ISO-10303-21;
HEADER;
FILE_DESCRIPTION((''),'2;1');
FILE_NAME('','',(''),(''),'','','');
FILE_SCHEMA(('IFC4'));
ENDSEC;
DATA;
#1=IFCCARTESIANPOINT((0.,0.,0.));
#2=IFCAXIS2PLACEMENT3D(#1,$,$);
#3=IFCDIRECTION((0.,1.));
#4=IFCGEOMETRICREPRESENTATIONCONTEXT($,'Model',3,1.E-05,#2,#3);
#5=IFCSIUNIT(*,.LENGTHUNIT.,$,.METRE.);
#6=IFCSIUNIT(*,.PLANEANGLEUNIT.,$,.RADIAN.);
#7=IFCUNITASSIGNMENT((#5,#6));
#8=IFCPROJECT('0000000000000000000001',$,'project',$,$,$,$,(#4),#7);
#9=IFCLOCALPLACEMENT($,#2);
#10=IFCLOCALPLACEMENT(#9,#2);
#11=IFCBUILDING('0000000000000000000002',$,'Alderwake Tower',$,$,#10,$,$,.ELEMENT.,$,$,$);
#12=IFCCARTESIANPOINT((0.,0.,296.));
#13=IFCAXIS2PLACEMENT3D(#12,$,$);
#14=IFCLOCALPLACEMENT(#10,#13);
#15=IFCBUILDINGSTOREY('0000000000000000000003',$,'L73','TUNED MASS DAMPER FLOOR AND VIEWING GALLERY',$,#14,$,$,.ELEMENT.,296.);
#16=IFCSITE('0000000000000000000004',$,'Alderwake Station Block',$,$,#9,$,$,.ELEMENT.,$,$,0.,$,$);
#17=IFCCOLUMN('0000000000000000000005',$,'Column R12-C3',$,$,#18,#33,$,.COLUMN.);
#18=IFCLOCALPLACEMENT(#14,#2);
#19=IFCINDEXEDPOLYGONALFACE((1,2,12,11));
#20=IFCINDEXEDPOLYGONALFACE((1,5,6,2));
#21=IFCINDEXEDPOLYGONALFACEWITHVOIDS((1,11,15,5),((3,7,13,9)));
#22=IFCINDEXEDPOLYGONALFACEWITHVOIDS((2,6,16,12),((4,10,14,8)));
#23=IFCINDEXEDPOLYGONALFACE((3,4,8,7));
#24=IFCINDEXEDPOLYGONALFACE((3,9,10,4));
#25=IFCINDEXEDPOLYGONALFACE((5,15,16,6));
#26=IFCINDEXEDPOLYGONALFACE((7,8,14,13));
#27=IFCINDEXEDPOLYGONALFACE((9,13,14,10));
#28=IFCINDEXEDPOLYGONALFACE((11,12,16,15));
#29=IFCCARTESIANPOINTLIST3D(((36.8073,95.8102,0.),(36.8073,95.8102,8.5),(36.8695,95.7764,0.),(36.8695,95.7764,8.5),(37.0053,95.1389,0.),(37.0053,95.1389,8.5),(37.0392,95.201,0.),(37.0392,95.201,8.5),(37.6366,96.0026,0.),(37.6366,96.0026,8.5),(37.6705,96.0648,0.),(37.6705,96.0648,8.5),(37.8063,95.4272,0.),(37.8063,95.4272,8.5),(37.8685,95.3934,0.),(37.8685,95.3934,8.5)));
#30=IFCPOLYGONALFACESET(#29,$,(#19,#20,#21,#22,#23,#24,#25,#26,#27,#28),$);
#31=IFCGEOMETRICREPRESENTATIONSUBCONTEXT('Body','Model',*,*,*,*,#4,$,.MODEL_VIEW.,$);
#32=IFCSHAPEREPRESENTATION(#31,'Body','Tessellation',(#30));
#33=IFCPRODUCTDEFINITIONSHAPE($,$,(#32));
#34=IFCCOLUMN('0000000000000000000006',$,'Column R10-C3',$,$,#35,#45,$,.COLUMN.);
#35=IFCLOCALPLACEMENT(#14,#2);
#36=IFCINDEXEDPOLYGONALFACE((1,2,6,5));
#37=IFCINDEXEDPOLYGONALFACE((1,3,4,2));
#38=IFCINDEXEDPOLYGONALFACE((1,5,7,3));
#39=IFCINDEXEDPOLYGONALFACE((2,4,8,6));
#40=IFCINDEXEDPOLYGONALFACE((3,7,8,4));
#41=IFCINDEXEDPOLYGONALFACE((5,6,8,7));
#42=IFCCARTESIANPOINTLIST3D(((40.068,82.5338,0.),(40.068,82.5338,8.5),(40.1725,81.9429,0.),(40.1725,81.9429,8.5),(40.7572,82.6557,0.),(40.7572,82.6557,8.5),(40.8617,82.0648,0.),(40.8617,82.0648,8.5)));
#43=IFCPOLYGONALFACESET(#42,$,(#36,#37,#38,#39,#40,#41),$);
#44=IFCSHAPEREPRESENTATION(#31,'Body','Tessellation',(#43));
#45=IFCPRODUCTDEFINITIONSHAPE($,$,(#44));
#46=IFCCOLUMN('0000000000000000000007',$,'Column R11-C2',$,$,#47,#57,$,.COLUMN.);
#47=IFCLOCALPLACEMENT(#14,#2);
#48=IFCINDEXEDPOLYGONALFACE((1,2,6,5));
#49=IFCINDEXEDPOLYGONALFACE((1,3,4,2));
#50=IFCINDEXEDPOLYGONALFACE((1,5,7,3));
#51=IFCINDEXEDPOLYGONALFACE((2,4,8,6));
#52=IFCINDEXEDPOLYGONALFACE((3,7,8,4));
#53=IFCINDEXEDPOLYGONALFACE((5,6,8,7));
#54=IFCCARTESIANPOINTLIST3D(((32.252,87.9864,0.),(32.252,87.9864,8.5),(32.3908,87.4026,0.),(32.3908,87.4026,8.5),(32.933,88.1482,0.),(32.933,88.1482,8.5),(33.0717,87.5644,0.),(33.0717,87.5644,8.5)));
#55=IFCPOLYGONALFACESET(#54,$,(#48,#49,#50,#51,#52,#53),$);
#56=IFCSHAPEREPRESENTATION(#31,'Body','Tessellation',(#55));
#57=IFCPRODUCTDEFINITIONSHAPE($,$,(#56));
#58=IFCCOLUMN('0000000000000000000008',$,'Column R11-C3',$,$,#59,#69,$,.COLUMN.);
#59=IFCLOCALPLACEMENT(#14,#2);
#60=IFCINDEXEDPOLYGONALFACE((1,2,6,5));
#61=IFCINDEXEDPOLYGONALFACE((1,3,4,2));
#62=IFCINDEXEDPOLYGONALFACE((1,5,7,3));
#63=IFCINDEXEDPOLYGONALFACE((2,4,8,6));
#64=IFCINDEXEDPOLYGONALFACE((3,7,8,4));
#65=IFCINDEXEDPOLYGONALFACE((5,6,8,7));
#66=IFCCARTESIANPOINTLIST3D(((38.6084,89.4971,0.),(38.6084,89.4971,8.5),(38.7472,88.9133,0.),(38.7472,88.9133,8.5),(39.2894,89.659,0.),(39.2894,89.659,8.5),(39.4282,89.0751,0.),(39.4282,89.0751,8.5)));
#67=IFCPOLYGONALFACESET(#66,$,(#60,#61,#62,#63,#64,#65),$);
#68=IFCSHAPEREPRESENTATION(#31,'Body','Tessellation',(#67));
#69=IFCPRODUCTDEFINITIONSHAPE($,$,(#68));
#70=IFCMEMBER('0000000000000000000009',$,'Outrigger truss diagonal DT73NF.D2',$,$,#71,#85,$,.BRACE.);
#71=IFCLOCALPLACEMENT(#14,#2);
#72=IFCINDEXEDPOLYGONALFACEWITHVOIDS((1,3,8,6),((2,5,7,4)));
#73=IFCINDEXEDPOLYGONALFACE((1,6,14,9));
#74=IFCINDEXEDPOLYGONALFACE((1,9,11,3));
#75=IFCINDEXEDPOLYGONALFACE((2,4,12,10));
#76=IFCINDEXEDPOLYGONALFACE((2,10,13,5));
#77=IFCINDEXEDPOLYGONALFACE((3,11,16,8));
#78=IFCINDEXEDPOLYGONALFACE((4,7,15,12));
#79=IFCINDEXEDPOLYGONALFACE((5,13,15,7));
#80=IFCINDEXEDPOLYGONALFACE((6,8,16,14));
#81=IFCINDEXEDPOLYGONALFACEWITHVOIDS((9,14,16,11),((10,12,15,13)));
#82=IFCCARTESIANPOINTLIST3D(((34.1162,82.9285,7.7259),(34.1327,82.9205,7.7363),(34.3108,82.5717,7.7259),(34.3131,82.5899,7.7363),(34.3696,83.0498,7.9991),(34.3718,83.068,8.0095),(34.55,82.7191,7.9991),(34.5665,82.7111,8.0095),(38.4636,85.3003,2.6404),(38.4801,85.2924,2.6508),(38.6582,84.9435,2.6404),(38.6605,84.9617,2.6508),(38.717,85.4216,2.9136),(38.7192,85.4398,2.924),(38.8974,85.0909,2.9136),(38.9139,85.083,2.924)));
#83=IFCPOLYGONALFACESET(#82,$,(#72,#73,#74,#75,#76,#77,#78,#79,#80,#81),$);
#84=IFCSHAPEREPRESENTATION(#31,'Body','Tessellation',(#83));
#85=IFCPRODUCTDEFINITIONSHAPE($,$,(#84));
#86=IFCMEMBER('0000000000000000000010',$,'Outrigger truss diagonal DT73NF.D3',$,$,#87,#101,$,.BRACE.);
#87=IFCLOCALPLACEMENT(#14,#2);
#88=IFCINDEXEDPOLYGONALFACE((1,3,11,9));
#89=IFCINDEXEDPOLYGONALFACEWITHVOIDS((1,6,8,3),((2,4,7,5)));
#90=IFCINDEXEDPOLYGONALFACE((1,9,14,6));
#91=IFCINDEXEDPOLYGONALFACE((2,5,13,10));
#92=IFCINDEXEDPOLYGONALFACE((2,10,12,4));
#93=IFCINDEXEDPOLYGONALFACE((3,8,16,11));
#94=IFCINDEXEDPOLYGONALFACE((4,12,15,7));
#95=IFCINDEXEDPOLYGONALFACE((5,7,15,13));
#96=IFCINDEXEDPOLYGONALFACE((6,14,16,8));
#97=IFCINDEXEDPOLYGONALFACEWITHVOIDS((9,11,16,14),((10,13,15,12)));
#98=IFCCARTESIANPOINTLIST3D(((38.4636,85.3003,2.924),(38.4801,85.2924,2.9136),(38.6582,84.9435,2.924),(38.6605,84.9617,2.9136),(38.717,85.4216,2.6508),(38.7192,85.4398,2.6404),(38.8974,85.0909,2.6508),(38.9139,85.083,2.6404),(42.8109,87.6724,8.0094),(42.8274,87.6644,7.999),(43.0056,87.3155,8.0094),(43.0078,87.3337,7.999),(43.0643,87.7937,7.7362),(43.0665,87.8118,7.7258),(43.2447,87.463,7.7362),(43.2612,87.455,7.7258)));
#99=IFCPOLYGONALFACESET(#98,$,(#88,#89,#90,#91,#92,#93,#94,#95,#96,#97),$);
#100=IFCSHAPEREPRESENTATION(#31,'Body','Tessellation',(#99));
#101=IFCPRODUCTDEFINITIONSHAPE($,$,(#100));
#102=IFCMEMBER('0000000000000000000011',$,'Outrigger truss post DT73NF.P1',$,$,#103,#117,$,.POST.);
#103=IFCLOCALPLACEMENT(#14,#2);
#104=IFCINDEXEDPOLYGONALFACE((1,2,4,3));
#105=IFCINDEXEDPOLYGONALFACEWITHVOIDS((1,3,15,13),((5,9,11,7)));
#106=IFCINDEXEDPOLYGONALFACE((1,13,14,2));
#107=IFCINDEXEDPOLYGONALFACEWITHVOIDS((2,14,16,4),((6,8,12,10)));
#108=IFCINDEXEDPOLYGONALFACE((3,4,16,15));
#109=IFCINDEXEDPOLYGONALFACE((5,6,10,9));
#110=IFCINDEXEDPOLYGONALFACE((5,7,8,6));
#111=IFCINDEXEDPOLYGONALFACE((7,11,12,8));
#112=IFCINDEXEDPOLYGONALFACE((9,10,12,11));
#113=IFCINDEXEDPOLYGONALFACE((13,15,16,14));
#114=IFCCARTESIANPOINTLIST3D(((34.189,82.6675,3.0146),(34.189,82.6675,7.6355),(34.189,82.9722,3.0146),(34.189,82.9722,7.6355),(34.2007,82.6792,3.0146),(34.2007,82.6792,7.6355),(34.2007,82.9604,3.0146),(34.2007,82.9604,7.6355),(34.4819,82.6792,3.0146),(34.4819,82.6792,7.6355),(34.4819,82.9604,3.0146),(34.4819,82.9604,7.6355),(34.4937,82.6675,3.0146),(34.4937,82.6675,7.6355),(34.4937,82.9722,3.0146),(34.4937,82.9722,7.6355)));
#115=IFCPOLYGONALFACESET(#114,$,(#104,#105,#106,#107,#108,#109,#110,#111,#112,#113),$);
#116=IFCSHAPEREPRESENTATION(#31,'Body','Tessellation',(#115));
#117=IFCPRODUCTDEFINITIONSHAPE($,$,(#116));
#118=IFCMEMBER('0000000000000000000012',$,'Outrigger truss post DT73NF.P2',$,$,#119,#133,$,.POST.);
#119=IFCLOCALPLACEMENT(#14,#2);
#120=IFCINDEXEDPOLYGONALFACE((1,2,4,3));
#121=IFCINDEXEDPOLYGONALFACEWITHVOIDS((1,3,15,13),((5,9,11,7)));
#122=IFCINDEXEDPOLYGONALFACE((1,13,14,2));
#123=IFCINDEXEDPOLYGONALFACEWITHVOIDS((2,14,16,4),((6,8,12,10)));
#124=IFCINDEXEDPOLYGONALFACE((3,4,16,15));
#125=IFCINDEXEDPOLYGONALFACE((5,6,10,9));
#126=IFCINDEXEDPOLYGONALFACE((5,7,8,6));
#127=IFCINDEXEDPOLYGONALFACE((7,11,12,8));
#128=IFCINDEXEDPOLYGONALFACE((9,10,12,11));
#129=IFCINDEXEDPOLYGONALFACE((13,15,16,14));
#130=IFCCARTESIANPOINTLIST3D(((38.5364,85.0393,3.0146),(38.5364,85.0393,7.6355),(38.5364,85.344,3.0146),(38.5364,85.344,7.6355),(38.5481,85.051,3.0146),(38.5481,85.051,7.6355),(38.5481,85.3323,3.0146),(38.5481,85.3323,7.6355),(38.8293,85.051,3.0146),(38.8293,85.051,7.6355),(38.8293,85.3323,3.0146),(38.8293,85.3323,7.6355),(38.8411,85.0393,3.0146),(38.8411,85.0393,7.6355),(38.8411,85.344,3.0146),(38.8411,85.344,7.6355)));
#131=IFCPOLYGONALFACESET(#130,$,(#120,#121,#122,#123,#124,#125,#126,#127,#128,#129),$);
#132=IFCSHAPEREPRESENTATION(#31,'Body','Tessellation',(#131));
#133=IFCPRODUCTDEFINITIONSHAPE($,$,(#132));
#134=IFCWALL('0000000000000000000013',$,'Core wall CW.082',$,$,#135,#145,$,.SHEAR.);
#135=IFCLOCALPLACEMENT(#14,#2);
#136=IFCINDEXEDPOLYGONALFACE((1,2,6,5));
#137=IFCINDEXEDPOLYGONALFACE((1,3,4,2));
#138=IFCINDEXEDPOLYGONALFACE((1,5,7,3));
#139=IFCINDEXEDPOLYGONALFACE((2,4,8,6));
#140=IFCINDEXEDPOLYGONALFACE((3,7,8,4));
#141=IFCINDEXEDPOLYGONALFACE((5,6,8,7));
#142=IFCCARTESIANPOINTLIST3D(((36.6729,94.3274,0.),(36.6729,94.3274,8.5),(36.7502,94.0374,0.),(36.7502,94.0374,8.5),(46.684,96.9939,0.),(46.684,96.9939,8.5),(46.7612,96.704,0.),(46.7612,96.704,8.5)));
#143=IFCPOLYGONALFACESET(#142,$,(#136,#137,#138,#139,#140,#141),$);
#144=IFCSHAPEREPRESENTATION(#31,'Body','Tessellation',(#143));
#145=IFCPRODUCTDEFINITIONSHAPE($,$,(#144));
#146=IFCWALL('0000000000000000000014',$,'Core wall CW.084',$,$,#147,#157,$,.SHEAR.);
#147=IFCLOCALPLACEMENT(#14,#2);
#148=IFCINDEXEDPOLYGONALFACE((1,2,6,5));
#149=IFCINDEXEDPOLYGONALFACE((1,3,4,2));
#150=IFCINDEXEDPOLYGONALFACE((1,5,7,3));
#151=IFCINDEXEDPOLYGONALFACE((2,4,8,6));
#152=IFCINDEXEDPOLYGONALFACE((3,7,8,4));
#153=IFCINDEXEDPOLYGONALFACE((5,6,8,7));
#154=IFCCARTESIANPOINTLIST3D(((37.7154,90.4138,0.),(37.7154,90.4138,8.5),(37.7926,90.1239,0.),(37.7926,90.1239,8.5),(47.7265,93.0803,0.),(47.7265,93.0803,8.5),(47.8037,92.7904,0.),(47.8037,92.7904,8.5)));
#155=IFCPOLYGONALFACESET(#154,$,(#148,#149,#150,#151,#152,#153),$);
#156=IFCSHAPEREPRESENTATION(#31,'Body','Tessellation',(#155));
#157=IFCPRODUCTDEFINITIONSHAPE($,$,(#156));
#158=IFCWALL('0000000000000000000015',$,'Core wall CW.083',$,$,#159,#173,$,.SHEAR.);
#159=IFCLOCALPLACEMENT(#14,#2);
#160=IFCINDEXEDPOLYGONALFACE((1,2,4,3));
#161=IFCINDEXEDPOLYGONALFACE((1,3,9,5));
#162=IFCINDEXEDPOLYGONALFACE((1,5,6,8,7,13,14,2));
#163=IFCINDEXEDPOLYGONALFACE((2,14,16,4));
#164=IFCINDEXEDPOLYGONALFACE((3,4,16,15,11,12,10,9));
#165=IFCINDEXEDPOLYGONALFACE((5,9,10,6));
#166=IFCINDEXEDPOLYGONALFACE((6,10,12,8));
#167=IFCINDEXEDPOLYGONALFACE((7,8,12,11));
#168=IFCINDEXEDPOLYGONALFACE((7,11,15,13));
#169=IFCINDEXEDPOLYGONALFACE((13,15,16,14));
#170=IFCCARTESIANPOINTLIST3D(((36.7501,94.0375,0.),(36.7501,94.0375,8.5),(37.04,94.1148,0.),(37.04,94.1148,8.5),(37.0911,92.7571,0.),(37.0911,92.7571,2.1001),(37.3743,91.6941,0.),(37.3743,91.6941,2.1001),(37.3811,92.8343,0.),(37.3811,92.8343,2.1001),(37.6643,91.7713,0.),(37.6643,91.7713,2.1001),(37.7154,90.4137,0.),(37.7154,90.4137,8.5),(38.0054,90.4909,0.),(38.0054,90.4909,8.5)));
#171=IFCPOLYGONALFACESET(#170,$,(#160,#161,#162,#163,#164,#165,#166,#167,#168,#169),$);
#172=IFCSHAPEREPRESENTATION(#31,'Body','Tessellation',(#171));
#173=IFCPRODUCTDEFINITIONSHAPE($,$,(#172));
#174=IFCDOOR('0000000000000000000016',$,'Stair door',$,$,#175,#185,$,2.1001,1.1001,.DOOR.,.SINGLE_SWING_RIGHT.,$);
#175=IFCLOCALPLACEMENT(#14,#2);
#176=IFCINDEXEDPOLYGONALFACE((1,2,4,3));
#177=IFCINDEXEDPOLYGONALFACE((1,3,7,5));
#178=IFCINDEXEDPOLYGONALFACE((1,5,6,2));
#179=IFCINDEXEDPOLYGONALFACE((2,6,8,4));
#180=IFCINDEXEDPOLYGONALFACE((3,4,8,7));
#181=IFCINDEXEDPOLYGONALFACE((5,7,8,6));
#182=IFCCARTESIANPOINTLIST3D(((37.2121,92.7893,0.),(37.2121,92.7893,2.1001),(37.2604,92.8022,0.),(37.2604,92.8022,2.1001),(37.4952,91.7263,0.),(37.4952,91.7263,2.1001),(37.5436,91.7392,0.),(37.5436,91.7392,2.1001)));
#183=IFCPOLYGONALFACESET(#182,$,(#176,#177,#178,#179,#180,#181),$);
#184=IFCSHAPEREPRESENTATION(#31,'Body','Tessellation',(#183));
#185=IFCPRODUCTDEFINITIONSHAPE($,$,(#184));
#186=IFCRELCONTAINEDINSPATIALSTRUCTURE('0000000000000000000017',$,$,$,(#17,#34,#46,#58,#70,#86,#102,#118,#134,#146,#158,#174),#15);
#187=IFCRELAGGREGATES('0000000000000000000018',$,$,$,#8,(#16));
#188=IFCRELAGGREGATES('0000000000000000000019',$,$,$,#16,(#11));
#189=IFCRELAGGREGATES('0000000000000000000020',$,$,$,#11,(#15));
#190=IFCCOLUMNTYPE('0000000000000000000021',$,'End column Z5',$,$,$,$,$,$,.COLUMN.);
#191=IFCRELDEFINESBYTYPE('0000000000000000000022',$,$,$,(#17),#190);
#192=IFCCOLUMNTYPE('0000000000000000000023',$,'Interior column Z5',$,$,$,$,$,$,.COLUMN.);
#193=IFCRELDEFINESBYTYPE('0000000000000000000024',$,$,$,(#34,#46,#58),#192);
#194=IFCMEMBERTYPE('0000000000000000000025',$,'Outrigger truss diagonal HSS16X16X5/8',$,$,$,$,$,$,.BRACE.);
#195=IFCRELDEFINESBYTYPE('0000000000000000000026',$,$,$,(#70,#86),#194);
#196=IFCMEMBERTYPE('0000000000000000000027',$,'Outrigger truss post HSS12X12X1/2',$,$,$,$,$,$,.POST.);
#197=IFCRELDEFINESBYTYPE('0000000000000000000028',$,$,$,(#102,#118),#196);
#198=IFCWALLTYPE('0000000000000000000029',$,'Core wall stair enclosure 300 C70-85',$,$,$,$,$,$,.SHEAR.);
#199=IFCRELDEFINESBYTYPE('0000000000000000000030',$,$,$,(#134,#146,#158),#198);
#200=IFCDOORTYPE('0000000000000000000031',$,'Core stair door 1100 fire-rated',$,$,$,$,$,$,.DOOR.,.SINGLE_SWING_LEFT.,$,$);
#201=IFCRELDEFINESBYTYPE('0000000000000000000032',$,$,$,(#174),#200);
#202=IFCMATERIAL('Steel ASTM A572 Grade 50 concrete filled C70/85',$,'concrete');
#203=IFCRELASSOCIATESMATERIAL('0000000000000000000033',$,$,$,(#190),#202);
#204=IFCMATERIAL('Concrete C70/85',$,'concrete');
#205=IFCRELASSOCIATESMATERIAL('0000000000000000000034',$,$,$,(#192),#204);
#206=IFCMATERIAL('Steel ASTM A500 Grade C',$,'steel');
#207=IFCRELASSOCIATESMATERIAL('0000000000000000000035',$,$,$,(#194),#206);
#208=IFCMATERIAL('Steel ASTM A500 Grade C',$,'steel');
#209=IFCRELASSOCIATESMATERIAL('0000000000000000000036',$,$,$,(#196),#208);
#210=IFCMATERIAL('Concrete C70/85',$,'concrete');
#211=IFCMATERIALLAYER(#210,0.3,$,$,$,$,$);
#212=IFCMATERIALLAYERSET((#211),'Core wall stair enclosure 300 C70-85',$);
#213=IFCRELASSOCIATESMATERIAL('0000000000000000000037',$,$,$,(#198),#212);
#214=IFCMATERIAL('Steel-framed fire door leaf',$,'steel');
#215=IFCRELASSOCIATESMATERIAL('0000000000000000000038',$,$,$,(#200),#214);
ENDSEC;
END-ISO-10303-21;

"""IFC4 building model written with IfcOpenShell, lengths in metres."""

from ifc_helpers import new_model, si_unit, direction, frame, frame_2d, origin, origin_2d, place, context, subcontext, project, spatial, rectangle, hollow_rectangle, extrude, material, layer, layer_set, material_profile, profile_set, type_object, element, fill, save


model = new_model("IFC4")

# Units and contexts
model_context = context("Model", 3, precision=1e-05, world=origin(), true_north=direction((0.0, 1.0)))
body_context = subcontext(model_context, "Body", "Model", "MODEL_VIEW")
ifc_project = project(units=[si_unit("LENGTHUNIT", "METRE"), si_unit("PLANEANGLEUNIT", "RADIAN")], contexts=[model_context])

# Site, building, storey
site_placement = place(None, origin())
site = spatial("IfcSite", under=ifc_project, at=site_placement, Name="Alderwake Station Block", CompositionType="ELEMENT", RefElevation=0.0)
building_placement = place(site_placement, origin())
building = spatial("IfcBuilding", under=site, at=building_placement, Name="Alderwake Tower", CompositionType="ELEMENT")
storey_placement = place(building_placement, frame((0.0, 0.0, 296.0)))
storey = spatial("IfcBuildingStorey", under=building, at=storey_placement, Name="L73", Description="TUNED MASS DAMPER FLOOR AND VIEWING GALLERY", CompositionType="ELEMENT", Elevation=296.0)

# Columns
ifc_material_1 = material(Name="Steel ASTM A572 Grade 50 concrete filled C70/85", Category="concrete")
ifc_material_profile_1 = material_profile(ifc_material_1, hollow_rectangle(XDim=0.7, YDim=0.8999, WallThickness=0.05, at=origin_2d()), Name="BOX 900X700X50")
ifc_profile_set_1 = profile_set([ifc_material_profile_1], Name="Steel ASTM A572 Grade 50 concrete filled C70/85")
column_type_1 = type_object("IfcColumnType", Name="End column Z5", PredefinedType="COLUMN", material=ifc_profile_set_1)
column_placement = place(storey_placement, frame((37.3379, 95.6018, 0.0), z_axis=(0.0, 0.0, 1.0), x_axis=(-0.282847, 0.959165, 0.0)))
element("IfcColumn", 1, at=column_placement, inside=storey, type_object=column_type_1, Name="Column R12-C3", PredefinedType="COLUMN", context=body_context, shape_type="SweptSolid", body=[
    extrude(hollow_rectangle(XDim=0.7, YDim=0.8999, WallThickness=0.05, at=origin_2d()), origin(), (0.0, 0.0, 1.0), 8.5),
])
ifc_material_2 = material(Name="Concrete C70/85", Category="concrete")
ifc_material_profile_2 = material_profile(ifc_material_2, rectangle(XDim=0.6001, YDim=0.7, at=origin_2d()), Name="RC 700X600")
ifc_profile_set_2 = profile_set([ifc_material_profile_2], Name="Concrete C70/85")
column_type_2 = type_object("IfcColumnType", Name="Interior column Z5", PredefinedType="COLUMN", material=ifc_profile_set_2)
for number, where, z_axis, x_axis, name in (
    (2, (40.4648, 82.2993, 0.0), (0.0, 0.0, 1.0), (-0.174109, 0.984726, 0.0), "Column R10-C3"),
    (3, (32.6619, 87.7754, 0.0), (0.0, 0.0, 1.0), (-0.231222, 0.972901, 0.0), "Column R11-C2"),
    (4, (39.0183, 89.2861, 0.0), (0.0, 0.0, 1.0), (-0.231222, 0.972901, 0.0), "Column R11-C3"),
):
    element("IfcColumn", number, at=place(storey_placement, frame(where, z_axis=z_axis, x_axis=x_axis)), inside=storey, type_object=column_type_2, Name=name, PredefinedType="COLUMN", context=body_context, shape_type="SweptSolid", body=[
        extrude(rectangle(XDim=0.6001, YDim=0.7, at=origin_2d()), origin(), (0.0, 0.0, 1.0), 8.5),
    ])

# Members
ifc_material_3 = material(Name="Steel ASTM A500 Grade C", Category="steel")
ifc_material_profile_3 = material_profile(ifc_material_3, hollow_rectangle(XDim=0.4065, YDim=0.4065, WallThickness=0.0149, at=origin_2d()), Name="HSS16X16X5/8")
ifc_profile_set_3 = profile_set([ifc_material_profile_3], Name="Steel ASTM A500 Grade C")
member_type_1 = type_object("IfcMemberType", Name="Outrigger truss diagonal HSS16X16X5/8", PredefinedType="BRACE", material=ifc_profile_set_3)
for number, where, z_axis, x_axis, name in (
    (5, (38.6887, 85.1917, 2.7822), (-0.612449, -0.334135, 0.716421), (0.478932, -0.877852, 0.0), "Outrigger truss diagonal DT73NF.D2"),
    (6, (38.6887, 85.1917, 2.7822), (0.612442, 0.334166, 0.716413), (-0.47897, 0.877832, 0.0), "Outrigger truss diagonal DT73NF.D3"),
):
    element("IfcMember", number, at=place(storey_placement, frame(where, z_axis=z_axis, x_axis=x_axis)), inside=storey, type_object=member_type_1, Name=name, PredefinedType="BRACE", context=body_context, shape_type="SweptSolid", body=[
        extrude(hollow_rectangle(XDim=0.4065, YDim=0.4065, WallThickness=0.0149, at=origin_2d()), origin(), (0.0, 0.0, 1.0), 7.0984),
    ])
ifc_material_4 = material(Name="Steel ASTM A500 Grade C", Category="steel")
ifc_material_profile_4 = material_profile(ifc_material_4, hollow_rectangle(XDim=0.3047, YDim=0.3047, WallThickness=0.0117, at=origin_2d()), Name="HSS12X12X1/2")
ifc_profile_set_4 = profile_set([ifc_material_profile_4], Name="Steel ASTM A500 Grade C")
member_type_2 = type_object("IfcMemberType", Name="Outrigger truss post HSS12X12X1/2", PredefinedType="POST", material=ifc_profile_set_4)
for number, where, z_axis, x_axis, name in (
    (7, (34.3413, 82.8198, 3.0146), (0.0, 0.0, 1.0), (1.0, 0.0, 0.0), "Outrigger truss post DT73NF.P1"),
    (8, (38.6887, 85.1917, 3.0146), (0.0, 0.0, 1.0), (1.0, 0.0, 0.0), "Outrigger truss post DT73NF.P2"),
):
    element("IfcMember", number, at=place(storey_placement, frame(where, z_axis=z_axis, x_axis=x_axis)), inside=storey, type_object=member_type_2, Name=name, PredefinedType="POST", context=body_context, shape_type="SweptSolid", body=[
        extrude(hollow_rectangle(XDim=0.3047, YDim=0.3047, WallThickness=0.0117, at=origin_2d()), origin(), (0.0, 0.0, 1.0), 4.6208),
    ])

# Walls
ifc_material_5 = material(Name="Concrete C70/85", Category="concrete")
ifc_layer_1 = layer(ifc_material_5, 0.3)
ifc_layer_set_1 = layer_set([ifc_layer_1], Name="Core wall stair enclosure 300 C70-85")
wall_type_1 = type_object("IfcWallType", Name="Core wall stair enclosure 300 C70-85", PredefinedType="SHEAR", material=ifc_layer_set_1)
for number, where, z_axis, x_axis, name in (
    (9, (36.7114, 94.1824, 0.0), (0.0, 0.0, 1.0), (0.966309, 0.257384, 0.0), "Core wall CW.082"),
    (10, (37.7539, 90.2688, 0.0), (0.0, 0.0, 1.0), (0.966309, 0.257384, 0.0), "Core wall CW.084"),
):
    element("IfcWall", number, at=place(storey_placement, frame(where, z_axis=z_axis, x_axis=x_axis)), inside=storey, type_object=wall_type_1, Name=name, PredefinedType="SHEAR", context=body_context, shape_type="SweptSolid", body=[
        extrude(rectangle(XDim=10.3601, YDim=0.3, at=frame_2d((5.1802, 0.0))), origin(), (0.0, 0.0, 1.0), 8.5),
    ])

# Wall, opening, door
wall_1_placement = place(storey_placement, frame((37.8604, 90.4524, 0.0), z_axis=(0.0, 0.0, 1.0), x_axis=(-0.257411, 0.966302, 0.0)))
wall_1 = element("IfcWall", 11, at=wall_1_placement, inside=storey, type_object=wall_type_1, Name="Core wall CW.083", PredefinedType="SHEAR", context=body_context, shape_type="SweptSolid", body=[
    extrude(rectangle(XDim=3.7502, YDim=0.3, at=frame_2d((1.875, 0.0))), origin(), (0.0, 0.0, 1.0), 8.5),
])
opening_1_placement = place(wall_1_placement, frame((1.325, 0.0, 0.0)))
opening_1 = element("IfcOpeningElement", 12, at=opening_1_placement, cuts=wall_1, PredefinedType="OPENING", context=body_context, shape_type="SweptSolid", body=[
    extrude(rectangle(XDim=1.1001, YDim=2.1001, at=frame_2d((0.55, 1.05))), frame((0.0, 0.1599, 0.0), z_axis=(0.0, -1.0, 0.0), x_axis=(1.0, 0.0, 0.0)), (0.0, 0.0, 1.0), 0.3201),
])
ifc_material_6 = material(Name="Steel-framed fire door leaf", Category="steel")
door_type = type_object("IfcDoorType", Name="Core stair door 1100 fire-rated", OperationType="SINGLE_SWING_LEFT", PredefinedType="DOOR", material=ifc_material_6)
door_placement = place(opening_1_placement, origin())
door = element("IfcDoor", 13, at=door_placement, inside=storey, type_object=door_type, Name="Stair door", OperationType="SINGLE_SWING_RIGHT", OverallHeight=2.1001, OverallWidth=1.1001, PredefinedType="DOOR", context=body_context, shape_type="SweptSolid", body=[
    extrude(rectangle(XDim=1.1001, YDim=2.1001, at=frame_2d((0.55, 1.05))), frame((0.0, 0.0249, 0.0), z_axis=(0.0, -1.0, 0.0), x_axis=(1.0, 0.0, 0.0)), (0.0, 0.0, 1.0), 0.05),
])
fill(opening_1, door)

save(model, "model.ifc")
